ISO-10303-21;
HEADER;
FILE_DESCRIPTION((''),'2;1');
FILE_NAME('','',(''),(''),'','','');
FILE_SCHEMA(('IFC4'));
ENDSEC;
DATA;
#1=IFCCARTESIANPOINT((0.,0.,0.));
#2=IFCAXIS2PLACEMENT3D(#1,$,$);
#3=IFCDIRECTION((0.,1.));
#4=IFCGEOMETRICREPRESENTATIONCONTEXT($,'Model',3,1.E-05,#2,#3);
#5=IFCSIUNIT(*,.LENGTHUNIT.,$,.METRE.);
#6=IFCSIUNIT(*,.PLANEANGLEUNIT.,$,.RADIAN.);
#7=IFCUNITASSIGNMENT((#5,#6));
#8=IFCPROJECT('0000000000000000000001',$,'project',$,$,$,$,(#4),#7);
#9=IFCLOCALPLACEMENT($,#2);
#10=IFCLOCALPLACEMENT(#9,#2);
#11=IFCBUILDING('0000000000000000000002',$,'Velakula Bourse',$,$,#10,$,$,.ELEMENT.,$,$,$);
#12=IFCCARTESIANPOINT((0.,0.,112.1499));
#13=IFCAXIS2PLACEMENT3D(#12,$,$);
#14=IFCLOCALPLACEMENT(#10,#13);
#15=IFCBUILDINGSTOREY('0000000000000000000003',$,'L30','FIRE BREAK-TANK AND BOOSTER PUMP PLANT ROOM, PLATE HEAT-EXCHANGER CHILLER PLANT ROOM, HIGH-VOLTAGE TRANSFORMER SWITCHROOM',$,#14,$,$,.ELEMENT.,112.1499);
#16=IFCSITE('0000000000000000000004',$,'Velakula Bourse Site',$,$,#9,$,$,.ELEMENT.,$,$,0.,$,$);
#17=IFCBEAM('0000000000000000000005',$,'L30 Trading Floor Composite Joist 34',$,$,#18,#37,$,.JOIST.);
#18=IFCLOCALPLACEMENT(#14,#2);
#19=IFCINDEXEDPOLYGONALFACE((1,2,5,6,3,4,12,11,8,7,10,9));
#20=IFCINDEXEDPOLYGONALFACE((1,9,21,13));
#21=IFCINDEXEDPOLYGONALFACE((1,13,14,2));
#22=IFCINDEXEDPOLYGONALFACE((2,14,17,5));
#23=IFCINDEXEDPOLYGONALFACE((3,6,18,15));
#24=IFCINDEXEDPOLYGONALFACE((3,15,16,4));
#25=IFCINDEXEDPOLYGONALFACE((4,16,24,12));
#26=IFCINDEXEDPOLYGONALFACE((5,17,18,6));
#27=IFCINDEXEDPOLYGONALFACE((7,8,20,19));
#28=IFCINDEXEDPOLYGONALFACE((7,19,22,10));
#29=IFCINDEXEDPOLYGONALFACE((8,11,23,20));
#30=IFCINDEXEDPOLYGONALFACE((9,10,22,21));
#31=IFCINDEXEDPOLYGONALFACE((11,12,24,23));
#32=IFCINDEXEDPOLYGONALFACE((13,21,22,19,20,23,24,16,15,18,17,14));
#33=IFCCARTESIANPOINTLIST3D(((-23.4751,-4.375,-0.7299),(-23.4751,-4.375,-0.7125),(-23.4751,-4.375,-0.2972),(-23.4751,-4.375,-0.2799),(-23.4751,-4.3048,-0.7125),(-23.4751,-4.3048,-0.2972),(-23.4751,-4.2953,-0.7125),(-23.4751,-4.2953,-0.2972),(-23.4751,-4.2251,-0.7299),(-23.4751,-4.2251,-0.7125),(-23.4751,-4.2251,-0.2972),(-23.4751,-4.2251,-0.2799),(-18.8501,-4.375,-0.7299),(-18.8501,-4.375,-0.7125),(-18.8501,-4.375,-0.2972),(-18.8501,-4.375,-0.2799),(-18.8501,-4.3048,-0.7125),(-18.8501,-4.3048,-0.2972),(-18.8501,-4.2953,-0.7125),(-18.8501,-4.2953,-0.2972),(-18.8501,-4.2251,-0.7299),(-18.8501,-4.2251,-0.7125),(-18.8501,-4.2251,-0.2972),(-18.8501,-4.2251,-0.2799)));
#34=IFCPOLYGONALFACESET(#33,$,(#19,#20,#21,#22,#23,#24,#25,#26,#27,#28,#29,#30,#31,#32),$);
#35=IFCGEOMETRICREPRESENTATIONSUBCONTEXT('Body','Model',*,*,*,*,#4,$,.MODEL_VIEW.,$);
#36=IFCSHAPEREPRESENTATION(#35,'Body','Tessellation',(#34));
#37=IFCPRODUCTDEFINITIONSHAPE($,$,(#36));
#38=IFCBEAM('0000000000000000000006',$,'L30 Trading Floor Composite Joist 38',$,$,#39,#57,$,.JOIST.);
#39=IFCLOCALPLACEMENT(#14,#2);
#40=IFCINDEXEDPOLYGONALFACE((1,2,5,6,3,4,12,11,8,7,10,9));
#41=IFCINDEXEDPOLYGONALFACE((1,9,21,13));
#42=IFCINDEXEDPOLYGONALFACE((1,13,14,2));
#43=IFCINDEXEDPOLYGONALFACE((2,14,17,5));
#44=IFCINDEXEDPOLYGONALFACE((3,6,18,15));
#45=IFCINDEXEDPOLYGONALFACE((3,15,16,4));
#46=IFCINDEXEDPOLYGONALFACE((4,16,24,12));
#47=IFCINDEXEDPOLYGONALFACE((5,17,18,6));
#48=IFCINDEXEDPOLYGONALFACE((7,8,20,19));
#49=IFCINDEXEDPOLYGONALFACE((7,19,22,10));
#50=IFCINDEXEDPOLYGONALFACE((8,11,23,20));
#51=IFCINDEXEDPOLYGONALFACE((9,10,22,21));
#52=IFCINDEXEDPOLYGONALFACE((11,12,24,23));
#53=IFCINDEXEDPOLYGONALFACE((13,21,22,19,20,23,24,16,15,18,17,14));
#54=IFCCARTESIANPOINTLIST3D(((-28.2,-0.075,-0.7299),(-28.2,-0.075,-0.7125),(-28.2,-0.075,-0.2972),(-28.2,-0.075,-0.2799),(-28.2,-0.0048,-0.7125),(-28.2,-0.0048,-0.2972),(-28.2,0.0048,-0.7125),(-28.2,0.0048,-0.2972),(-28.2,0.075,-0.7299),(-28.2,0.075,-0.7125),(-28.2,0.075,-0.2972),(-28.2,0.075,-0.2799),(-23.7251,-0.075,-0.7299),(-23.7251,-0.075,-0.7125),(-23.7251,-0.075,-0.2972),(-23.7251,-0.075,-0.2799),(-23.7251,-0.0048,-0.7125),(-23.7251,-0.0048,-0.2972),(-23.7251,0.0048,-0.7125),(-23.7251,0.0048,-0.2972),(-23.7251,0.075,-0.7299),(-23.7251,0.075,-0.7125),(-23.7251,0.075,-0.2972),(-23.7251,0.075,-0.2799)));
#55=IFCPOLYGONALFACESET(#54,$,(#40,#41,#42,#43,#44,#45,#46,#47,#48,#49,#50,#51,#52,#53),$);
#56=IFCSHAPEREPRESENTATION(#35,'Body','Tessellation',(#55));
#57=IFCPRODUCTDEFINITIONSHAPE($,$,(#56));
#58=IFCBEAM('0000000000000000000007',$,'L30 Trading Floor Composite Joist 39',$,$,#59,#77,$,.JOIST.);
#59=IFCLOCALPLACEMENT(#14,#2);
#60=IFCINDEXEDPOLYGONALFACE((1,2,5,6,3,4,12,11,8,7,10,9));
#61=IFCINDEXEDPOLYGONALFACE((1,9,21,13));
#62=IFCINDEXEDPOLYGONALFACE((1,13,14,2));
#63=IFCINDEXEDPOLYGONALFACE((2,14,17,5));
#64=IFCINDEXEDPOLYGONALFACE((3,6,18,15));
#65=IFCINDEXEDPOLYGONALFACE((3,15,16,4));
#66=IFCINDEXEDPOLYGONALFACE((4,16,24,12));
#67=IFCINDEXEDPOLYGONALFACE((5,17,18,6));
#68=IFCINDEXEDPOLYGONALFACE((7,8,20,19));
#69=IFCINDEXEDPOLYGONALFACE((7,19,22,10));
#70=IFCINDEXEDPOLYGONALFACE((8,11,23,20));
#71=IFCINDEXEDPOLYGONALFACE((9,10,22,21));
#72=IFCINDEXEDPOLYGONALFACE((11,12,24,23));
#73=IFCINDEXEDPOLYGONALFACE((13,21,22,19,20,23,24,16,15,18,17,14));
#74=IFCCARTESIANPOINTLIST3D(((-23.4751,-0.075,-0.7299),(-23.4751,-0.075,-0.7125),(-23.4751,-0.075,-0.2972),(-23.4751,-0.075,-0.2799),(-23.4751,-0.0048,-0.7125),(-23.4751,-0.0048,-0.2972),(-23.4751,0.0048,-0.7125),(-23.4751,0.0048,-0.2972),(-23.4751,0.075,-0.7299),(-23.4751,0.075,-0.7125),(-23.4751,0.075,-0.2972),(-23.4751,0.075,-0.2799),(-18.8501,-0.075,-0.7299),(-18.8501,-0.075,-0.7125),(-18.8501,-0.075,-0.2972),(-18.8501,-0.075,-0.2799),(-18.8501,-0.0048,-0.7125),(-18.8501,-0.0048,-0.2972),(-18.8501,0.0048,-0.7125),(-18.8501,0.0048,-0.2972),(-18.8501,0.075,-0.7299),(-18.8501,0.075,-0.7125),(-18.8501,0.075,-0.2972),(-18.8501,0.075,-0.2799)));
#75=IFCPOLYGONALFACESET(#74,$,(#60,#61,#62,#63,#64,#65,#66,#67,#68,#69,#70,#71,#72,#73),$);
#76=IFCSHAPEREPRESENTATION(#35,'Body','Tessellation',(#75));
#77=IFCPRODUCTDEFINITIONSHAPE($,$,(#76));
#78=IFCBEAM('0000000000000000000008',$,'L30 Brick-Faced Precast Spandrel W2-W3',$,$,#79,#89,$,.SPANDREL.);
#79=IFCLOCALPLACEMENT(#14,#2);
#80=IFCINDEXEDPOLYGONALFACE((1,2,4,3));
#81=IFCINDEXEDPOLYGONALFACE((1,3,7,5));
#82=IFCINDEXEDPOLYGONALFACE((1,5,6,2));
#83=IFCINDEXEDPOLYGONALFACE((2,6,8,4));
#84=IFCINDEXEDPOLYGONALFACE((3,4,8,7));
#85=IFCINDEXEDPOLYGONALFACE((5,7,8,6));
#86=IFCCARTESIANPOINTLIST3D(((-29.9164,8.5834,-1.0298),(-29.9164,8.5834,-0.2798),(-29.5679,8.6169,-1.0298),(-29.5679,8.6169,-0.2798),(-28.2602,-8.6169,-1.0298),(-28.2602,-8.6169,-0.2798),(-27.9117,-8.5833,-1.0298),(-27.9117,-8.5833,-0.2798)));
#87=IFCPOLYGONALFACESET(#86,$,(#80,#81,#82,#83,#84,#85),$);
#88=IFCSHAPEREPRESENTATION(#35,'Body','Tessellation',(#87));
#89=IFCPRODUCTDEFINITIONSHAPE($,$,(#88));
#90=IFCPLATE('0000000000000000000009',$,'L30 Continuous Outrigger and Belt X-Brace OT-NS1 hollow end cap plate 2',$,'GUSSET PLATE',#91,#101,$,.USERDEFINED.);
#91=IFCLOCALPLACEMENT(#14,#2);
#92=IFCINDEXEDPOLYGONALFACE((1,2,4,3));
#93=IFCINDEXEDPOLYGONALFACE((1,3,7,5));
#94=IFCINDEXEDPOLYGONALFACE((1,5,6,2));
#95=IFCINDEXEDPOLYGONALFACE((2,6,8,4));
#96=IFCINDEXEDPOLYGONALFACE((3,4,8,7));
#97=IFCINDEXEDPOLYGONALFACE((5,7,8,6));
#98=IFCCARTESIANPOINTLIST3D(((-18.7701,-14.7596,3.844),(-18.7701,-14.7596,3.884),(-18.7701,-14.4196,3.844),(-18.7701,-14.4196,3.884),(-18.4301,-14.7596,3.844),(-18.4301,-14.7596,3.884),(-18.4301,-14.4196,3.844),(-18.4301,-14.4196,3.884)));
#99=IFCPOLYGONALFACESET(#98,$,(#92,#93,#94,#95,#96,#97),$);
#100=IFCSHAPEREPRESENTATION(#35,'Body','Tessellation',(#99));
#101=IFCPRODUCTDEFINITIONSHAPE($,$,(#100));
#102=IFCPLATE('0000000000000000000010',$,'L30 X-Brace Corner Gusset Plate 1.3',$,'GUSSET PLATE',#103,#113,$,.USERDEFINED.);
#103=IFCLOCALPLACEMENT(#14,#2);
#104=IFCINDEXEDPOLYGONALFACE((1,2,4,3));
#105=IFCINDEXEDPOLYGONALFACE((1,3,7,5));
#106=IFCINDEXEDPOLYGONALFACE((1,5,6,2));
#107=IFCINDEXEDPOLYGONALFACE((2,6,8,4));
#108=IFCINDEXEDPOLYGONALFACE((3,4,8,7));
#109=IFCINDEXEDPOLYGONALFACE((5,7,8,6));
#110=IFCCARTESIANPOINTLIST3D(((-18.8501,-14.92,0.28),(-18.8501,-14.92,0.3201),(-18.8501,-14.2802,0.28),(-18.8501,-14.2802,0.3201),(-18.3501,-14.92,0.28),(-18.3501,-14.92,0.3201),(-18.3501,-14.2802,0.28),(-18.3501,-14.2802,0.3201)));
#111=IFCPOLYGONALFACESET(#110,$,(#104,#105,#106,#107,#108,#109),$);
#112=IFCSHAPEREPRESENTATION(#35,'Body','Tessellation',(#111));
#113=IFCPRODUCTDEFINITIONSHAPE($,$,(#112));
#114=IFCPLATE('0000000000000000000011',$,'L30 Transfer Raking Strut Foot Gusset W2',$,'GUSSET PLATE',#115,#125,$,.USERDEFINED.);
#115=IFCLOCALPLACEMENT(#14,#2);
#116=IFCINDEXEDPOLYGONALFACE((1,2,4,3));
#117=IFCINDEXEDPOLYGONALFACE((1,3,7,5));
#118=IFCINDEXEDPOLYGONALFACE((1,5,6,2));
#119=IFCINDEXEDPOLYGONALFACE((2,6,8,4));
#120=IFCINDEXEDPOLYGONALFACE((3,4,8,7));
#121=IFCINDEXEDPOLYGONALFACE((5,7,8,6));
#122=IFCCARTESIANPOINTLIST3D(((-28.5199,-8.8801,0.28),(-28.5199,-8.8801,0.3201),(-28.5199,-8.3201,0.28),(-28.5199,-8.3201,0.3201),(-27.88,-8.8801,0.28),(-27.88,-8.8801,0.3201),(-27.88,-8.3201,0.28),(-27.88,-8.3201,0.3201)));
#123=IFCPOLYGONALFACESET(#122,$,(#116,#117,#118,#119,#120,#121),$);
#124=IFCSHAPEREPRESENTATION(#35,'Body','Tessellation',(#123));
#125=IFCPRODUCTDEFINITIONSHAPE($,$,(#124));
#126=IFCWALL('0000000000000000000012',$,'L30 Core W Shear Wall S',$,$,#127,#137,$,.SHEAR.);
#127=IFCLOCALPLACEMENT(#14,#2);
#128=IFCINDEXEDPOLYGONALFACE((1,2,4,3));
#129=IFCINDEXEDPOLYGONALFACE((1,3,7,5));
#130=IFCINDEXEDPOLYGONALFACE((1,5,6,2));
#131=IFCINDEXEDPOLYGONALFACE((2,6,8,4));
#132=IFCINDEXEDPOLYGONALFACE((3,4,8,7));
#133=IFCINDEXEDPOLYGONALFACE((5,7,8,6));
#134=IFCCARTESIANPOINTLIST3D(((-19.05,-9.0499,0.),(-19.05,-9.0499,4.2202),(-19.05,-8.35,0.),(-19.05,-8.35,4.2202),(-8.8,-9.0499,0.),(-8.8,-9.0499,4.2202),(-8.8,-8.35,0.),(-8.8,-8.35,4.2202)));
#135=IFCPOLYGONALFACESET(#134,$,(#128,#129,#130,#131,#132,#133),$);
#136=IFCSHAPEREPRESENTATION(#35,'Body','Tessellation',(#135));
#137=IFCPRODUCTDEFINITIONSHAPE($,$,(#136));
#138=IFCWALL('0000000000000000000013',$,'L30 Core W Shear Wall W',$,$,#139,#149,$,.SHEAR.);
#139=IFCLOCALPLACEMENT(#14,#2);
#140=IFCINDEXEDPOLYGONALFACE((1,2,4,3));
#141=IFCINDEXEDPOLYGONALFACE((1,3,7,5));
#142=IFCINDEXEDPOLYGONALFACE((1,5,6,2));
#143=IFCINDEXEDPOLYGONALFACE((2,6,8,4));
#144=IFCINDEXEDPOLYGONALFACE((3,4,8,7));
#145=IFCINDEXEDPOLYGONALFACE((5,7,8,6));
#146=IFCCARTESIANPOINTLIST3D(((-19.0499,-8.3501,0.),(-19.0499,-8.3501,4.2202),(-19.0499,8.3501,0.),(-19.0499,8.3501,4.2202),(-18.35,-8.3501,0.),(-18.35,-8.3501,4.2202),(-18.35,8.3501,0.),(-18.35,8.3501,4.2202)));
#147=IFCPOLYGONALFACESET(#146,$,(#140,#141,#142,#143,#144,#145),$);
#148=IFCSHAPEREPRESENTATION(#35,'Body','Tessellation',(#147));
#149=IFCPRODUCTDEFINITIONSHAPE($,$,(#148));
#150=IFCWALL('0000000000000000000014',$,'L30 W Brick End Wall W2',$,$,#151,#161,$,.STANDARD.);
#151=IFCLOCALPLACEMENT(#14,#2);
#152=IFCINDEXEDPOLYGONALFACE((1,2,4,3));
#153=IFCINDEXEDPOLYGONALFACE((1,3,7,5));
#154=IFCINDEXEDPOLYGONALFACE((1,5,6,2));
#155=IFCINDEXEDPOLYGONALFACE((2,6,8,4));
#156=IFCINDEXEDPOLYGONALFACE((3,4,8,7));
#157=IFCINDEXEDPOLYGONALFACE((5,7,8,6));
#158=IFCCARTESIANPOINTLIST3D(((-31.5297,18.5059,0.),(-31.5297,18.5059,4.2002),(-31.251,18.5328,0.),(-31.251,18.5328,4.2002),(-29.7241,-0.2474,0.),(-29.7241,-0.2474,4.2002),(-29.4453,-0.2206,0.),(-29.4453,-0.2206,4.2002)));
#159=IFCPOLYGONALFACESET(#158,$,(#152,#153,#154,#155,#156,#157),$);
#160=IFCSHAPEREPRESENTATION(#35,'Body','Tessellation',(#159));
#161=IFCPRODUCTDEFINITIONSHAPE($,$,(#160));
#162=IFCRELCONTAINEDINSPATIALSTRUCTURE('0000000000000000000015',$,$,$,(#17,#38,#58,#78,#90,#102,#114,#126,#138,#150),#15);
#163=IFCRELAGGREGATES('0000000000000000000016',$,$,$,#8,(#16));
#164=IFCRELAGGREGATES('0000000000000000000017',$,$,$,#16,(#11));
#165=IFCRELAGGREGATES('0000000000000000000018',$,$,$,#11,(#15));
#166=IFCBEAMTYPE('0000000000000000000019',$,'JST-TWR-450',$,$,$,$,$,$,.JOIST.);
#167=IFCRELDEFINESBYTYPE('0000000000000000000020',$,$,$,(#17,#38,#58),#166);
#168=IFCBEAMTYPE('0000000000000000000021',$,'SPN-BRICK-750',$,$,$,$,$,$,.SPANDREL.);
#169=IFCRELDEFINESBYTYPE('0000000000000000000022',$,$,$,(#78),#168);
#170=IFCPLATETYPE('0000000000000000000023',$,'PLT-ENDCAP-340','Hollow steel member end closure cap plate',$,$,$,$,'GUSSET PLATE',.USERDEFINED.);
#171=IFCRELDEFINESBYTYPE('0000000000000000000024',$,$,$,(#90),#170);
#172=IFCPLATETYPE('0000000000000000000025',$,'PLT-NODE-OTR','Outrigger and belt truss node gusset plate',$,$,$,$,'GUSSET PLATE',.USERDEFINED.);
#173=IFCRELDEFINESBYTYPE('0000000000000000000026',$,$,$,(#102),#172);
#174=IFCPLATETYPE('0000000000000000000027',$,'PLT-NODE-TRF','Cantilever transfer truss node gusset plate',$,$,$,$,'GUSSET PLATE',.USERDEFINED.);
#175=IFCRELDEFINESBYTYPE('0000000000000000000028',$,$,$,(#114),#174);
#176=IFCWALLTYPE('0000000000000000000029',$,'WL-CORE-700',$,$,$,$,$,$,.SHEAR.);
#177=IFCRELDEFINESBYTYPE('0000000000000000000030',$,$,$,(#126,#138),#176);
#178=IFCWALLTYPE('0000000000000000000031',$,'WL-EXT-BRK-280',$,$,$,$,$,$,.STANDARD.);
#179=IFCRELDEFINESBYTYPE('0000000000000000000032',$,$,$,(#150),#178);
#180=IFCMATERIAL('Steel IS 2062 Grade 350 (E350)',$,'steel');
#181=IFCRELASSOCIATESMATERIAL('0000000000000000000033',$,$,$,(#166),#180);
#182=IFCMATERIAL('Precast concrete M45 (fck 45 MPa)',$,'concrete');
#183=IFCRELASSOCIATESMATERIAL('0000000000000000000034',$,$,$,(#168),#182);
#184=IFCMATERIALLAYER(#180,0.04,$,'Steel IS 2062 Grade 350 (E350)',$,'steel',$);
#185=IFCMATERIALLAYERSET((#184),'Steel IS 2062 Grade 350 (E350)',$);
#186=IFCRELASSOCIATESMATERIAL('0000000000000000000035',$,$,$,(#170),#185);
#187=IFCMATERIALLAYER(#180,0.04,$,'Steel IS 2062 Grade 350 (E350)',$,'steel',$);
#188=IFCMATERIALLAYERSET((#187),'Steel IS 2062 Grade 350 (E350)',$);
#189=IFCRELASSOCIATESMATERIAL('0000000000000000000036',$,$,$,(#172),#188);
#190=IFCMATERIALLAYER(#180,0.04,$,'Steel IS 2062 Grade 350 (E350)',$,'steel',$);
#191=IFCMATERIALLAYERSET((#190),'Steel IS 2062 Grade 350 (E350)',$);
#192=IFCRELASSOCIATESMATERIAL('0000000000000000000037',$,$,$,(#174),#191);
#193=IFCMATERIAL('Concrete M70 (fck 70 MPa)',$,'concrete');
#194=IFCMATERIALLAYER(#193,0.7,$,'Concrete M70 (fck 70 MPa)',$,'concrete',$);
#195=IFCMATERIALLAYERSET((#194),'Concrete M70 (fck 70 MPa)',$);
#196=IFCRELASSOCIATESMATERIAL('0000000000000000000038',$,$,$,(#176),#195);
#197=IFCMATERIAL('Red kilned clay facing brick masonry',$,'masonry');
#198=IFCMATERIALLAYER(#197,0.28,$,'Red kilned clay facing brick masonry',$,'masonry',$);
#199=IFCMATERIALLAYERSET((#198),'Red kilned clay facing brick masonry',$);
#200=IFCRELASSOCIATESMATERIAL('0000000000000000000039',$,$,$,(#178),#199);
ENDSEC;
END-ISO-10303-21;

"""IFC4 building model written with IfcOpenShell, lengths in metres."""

from ifc_helpers import new_model, si_unit, direction, frame, frame_2d, origin, origin_2d, place, context, subcontext, project, spatial, rectangle, i_section, extrude, material, layer, layer_set, material_profile, profile_set, type_object, element, save


model = new_model("IFC4")

# Units and contexts
model_context = context("Model", 3, precision=1e-05, world=origin(), true_north=direction((0.0, 1.0)))
body_context = subcontext(model_context, "Body", "Model", "MODEL_VIEW")
ifc_project = project(units=[si_unit("LENGTHUNIT", "METRE"), si_unit("PLANEANGLEUNIT", "RADIAN")], contexts=[model_context])

# Site, building, storey
site_placement = place(None, origin())
site = spatial("IfcSite", under=ifc_project, at=site_placement, Name="Velakula Bourse Site", CompositionType="ELEMENT", RefElevation=0.0)
building_placement = place(site_placement, origin())
building = spatial("IfcBuilding", under=site, at=building_placement, Name="Velakula Bourse", CompositionType="ELEMENT")
storey_placement = place(building_placement, frame((0.0, 0.0, 112.1499)))
storey = spatial("IfcBuildingStorey", under=building, at=storey_placement, Name="L30", Description="FIRE BREAK-TANK AND BOOSTER PUMP PLANT ROOM, PLATE HEAT-EXCHANGER CHILLER PLANT ROOM, HIGH-VOLTAGE TRANSFORMER SWITCHROOM", CompositionType="ELEMENT", Elevation=112.1499)

# Shared definitions
ifc_material_1 = material(Name="Steel IS 2062 Grade 350 (E350)", Category="steel")

# Beams
ifc_material_profile_1 = material_profile(ifc_material_1, i_section(OverallWidth=0.1499, OverallDepth=0.45, WebThickness=0.0095, FlangeThickness=0.0173, at=origin_2d()), Name="Steel IS 2062 Grade 350 (E350)")
ifc_profile_set_1 = profile_set([ifc_material_profile_1], Name="Steel IS 2062 Grade 350 (E350)")
beam_type_1 = type_object("IfcBeamType", Name="JST-TWR-450", PredefinedType="JOIST", material=ifc_profile_set_1)
beam_1_placement = place(storey_placement, frame((-23.4751, -4.3, -0.5049), z_axis=(1.0, 0.0, 0.0), x_axis=(0.0, 1.0, 0.0)))
element("IfcBeam", 1, at=beam_1_placement, inside=storey, type_object=beam_type_1, Name="L30 Trading Floor Composite Joist 34", PredefinedType="JOIST", context=body_context, shape_type="SweptSolid", body=[
    extrude(i_section(OverallWidth=0.1499, OverallDepth=0.45, WebThickness=0.0095, FlangeThickness=0.0173, at=origin_2d()), origin(), (0.0, 0.0, 1.0), 4.625),
])
beam_2_placement = place(storey_placement, frame((-28.2, 0.0, -0.5049), z_axis=(1.0, 0.0, 0.0), x_axis=(0.0, 1.0, 0.0)))
element("IfcBeam", 2, at=beam_2_placement, inside=storey, type_object=beam_type_1, Name="L30 Trading Floor Composite Joist 38", PredefinedType="JOIST", context=body_context, shape_type="SweptSolid", body=[
    extrude(i_section(OverallWidth=0.1499, OverallDepth=0.45, WebThickness=0.0095, FlangeThickness=0.0173, at=origin_2d()), origin(), (0.0, 0.0, 1.0), 4.4749),
])
beam_3_placement = place(storey_placement, frame((-23.4751, 0.0, -0.5049), z_axis=(1.0, 0.0, 0.0), x_axis=(0.0, 1.0, 0.0)))
element("IfcBeam", 3, at=beam_3_placement, inside=storey, type_object=beam_type_1, Name="L30 Trading Floor Composite Joist 39", PredefinedType="JOIST", context=body_context, shape_type="SweptSolid", body=[
    extrude(i_section(OverallWidth=0.1499, OverallDepth=0.45, WebThickness=0.0095, FlangeThickness=0.0173, at=origin_2d()), origin(), (0.0, 0.0, 1.0), 4.625),
])
ifc_material_2 = material(Name="Precast concrete M45 (fck 45 MPa)", Category="concrete")
ifc_material_profile_2 = material_profile(ifc_material_2, rectangle(XDim=0.3501, YDim=0.75, at=origin_2d()), Name="Precast concrete M45 (fck 45 MPa)")
ifc_profile_set_2 = profile_set([ifc_material_profile_2], Name="Precast concrete M45 (fck 45 MPa)")
beam_type_2 = type_object("IfcBeamType", Name="SPN-BRICK-750", PredefinedType="SPANDREL", material=ifc_profile_set_2)
beam_4_placement = place(storey_placement, frame((-28.0859, -8.6001, -0.6548), z_axis=(-0.095849, 0.995396, 0.0), x_axis=(-0.995396, -0.095849, 0.0)))
element("IfcBeam", 4, at=beam_4_placement, inside=storey, type_object=beam_type_2, Name="L30 Brick-Faced Precast Spandrel W2-W3", PredefinedType="SPANDREL", context=body_context, shape_type="SweptSolid", body=[
    extrude(rectangle(XDim=0.3501, YDim=0.75, at=origin_2d()), origin(), (0.0, 0.0, 1.0), 17.2798),
])

# Plates
ifc_layer_1 = layer(ifc_material_1, 0.04, Name="Steel IS 2062 Grade 350 (E350)", Category="steel")
ifc_layer_set_1 = layer_set([ifc_layer_1], Name="Steel IS 2062 Grade 350 (E350)")
plate_type_1 = type_object("IfcPlateType", Name="PLT-ENDCAP-340", Description="Hollow steel member end closure cap plate", ElementType="GUSSET PLATE", PredefinedType="USERDEFINED", material=ifc_layer_set_1)
plate_1_placement = place(storey_placement, frame((-18.6001, -14.5896, 3.844), z_axis=(0.0, 0.0, 1.0), x_axis=(0.0, -1.0, 0.0)))
element("IfcPlate", 5, at=plate_1_placement, inside=storey, type_object=plate_type_1, Name="L30 Continuous Outrigger and Belt X-Brace OT-NS1 hollow end cap plate 2", ObjectType="GUSSET PLATE", PredefinedType="USERDEFINED", context=body_context, shape_type="SweptSolid", body=[
    extrude(rectangle(XDim=0.3401, YDim=0.3401, at=origin_2d()), origin(), (0.0, 0.0, 1.0), 0.04),
])
ifc_layer_2 = layer(ifc_material_1, 0.04, Name="Steel IS 2062 Grade 350 (E350)", Category="steel")
ifc_layer_set_2 = layer_set([ifc_layer_2], Name="Steel IS 2062 Grade 350 (E350)")
plate_type_2 = type_object("IfcPlateType", Name="PLT-NODE-OTR", Description="Outrigger and belt truss node gusset plate", ElementType="GUSSET PLATE", PredefinedType="USERDEFINED", material=ifc_layer_set_2)
plate_2_placement = place(storey_placement, frame((-18.6001, -14.6001, 0.28), z_axis=(0.0, 0.0, 1.0), x_axis=(0.0, -1.0, 0.0)))
element("IfcPlate", 6, at=plate_2_placement, inside=storey, type_object=plate_type_2, Name="L30 X-Brace Corner Gusset Plate 1.3", ObjectType="GUSSET PLATE", PredefinedType="USERDEFINED", context=body_context, shape_type="SweptSolid", body=[
    extrude(rectangle(XDim=0.6399, YDim=0.5, at=origin_2d()), origin(), (0.0, 0.0, 1.0), 0.04),
])
ifc_layer_3 = layer(ifc_material_1, 0.04, Name="Steel IS 2062 Grade 350 (E350)", Category="steel")
ifc_layer_set_3 = layer_set([ifc_layer_3], Name="Steel IS 2062 Grade 350 (E350)")
plate_type_3 = type_object("IfcPlateType", Name="PLT-NODE-TRF", Description="Cantilever transfer truss node gusset plate", ElementType="GUSSET PLATE", PredefinedType="USERDEFINED", material=ifc_layer_set_3)
plate_3_placement = place(storey_placement, frame((-28.2, -8.6001, 0.28), z_axis=(0.0, 0.0, 1.0), x_axis=(-1.0, 0.0, 0.0)))
element("IfcPlate", 7, at=plate_3_placement, inside=storey, type_object=plate_type_3, Name="L30 Transfer Raking Strut Foot Gusset W2", ObjectType="GUSSET PLATE", PredefinedType="USERDEFINED", context=body_context, shape_type="SweptSolid", body=[
    extrude(rectangle(XDim=0.6399, YDim=0.5601, at=origin_2d()), origin(), (0.0, 0.0, 1.0), 0.04),
])

# Walls
ifc_material_3 = material(Name="Concrete M70 (fck 70 MPa)", Category="concrete")
ifc_layer_4 = layer(ifc_material_3, 0.7, Name="Concrete M70 (fck 70 MPa)", Category="concrete")
ifc_layer_set_4 = layer_set([ifc_layer_4], Name="Concrete M70 (fck 70 MPa)")
wall_type_1 = type_object("IfcWallType", Name="WL-CORE-700", PredefinedType="SHEAR", material=ifc_layer_set_4)
wall_1_placement = place(storey_placement, frame((-19.05, -8.7, 0.0), z_axis=(0.0, 0.0, 1.0), x_axis=(1.0, 0.0, 0.0)))
element("IfcWall", 8, at=wall_1_placement, inside=storey, type_object=wall_type_1, Name="L30 Core W Shear Wall S", PredefinedType="SHEAR", context=body_context, shape_type="SweptSolid", body=[
    extrude(rectangle(XDim=10.25, YDim=0.7, at=frame_2d((5.125, 0.0))), origin(), (0.0, 0.0, 1.0), 4.2202),
])
wall_2_placement = place(storey_placement, frame((-18.7, -8.3501, 0.0), z_axis=(0.0, 0.0, 1.0), x_axis=(0.0, 1.0, 0.0)))
element("IfcWall", 9, at=wall_2_placement, inside=storey, type_object=wall_type_1, Name="L30 Core W Shear Wall W", PredefinedType="SHEAR", context=body_context, shape_type="SweptSolid", body=[
    extrude(rectangle(XDim=16.7002, YDim=0.7, at=frame_2d((8.3501, 0.0))), origin(), (0.0, 0.0, 1.0), 4.2202),
])
ifc_material_4 = material(Name="Red kilned clay facing brick masonry", Category="masonry")
ifc_layer_5 = layer(ifc_material_4, 0.28, Name="Red kilned clay facing brick masonry", Category="masonry")
ifc_layer_set_5 = layer_set([ifc_layer_5], Name="Red kilned clay facing brick masonry")
wall_type_2 = type_object("IfcWallType", Name="WL-EXT-BRK-280", PredefinedType="STANDARD", material=ifc_layer_set_5)
wall_3_placement = place(storey_placement, frame((-29.5847, -0.2339, 0.0), z_axis=(0.0, 0.0, 1.0), x_axis=(-0.095841, 0.995397, 0.0)))
element("IfcWall", 10, at=wall_3_placement, inside=storey, type_object=wall_type_2, Name="L30 W Brick End Wall W2", PredefinedType="STANDARD", context=body_context, shape_type="SweptSolid", body=[
    extrude(rectangle(XDim=18.8401, YDim=0.28, at=frame_2d((9.4199, 0.0))), origin(), (0.0, 0.0, 1.0), 4.2002),
])

save(model, "model.ifc")
